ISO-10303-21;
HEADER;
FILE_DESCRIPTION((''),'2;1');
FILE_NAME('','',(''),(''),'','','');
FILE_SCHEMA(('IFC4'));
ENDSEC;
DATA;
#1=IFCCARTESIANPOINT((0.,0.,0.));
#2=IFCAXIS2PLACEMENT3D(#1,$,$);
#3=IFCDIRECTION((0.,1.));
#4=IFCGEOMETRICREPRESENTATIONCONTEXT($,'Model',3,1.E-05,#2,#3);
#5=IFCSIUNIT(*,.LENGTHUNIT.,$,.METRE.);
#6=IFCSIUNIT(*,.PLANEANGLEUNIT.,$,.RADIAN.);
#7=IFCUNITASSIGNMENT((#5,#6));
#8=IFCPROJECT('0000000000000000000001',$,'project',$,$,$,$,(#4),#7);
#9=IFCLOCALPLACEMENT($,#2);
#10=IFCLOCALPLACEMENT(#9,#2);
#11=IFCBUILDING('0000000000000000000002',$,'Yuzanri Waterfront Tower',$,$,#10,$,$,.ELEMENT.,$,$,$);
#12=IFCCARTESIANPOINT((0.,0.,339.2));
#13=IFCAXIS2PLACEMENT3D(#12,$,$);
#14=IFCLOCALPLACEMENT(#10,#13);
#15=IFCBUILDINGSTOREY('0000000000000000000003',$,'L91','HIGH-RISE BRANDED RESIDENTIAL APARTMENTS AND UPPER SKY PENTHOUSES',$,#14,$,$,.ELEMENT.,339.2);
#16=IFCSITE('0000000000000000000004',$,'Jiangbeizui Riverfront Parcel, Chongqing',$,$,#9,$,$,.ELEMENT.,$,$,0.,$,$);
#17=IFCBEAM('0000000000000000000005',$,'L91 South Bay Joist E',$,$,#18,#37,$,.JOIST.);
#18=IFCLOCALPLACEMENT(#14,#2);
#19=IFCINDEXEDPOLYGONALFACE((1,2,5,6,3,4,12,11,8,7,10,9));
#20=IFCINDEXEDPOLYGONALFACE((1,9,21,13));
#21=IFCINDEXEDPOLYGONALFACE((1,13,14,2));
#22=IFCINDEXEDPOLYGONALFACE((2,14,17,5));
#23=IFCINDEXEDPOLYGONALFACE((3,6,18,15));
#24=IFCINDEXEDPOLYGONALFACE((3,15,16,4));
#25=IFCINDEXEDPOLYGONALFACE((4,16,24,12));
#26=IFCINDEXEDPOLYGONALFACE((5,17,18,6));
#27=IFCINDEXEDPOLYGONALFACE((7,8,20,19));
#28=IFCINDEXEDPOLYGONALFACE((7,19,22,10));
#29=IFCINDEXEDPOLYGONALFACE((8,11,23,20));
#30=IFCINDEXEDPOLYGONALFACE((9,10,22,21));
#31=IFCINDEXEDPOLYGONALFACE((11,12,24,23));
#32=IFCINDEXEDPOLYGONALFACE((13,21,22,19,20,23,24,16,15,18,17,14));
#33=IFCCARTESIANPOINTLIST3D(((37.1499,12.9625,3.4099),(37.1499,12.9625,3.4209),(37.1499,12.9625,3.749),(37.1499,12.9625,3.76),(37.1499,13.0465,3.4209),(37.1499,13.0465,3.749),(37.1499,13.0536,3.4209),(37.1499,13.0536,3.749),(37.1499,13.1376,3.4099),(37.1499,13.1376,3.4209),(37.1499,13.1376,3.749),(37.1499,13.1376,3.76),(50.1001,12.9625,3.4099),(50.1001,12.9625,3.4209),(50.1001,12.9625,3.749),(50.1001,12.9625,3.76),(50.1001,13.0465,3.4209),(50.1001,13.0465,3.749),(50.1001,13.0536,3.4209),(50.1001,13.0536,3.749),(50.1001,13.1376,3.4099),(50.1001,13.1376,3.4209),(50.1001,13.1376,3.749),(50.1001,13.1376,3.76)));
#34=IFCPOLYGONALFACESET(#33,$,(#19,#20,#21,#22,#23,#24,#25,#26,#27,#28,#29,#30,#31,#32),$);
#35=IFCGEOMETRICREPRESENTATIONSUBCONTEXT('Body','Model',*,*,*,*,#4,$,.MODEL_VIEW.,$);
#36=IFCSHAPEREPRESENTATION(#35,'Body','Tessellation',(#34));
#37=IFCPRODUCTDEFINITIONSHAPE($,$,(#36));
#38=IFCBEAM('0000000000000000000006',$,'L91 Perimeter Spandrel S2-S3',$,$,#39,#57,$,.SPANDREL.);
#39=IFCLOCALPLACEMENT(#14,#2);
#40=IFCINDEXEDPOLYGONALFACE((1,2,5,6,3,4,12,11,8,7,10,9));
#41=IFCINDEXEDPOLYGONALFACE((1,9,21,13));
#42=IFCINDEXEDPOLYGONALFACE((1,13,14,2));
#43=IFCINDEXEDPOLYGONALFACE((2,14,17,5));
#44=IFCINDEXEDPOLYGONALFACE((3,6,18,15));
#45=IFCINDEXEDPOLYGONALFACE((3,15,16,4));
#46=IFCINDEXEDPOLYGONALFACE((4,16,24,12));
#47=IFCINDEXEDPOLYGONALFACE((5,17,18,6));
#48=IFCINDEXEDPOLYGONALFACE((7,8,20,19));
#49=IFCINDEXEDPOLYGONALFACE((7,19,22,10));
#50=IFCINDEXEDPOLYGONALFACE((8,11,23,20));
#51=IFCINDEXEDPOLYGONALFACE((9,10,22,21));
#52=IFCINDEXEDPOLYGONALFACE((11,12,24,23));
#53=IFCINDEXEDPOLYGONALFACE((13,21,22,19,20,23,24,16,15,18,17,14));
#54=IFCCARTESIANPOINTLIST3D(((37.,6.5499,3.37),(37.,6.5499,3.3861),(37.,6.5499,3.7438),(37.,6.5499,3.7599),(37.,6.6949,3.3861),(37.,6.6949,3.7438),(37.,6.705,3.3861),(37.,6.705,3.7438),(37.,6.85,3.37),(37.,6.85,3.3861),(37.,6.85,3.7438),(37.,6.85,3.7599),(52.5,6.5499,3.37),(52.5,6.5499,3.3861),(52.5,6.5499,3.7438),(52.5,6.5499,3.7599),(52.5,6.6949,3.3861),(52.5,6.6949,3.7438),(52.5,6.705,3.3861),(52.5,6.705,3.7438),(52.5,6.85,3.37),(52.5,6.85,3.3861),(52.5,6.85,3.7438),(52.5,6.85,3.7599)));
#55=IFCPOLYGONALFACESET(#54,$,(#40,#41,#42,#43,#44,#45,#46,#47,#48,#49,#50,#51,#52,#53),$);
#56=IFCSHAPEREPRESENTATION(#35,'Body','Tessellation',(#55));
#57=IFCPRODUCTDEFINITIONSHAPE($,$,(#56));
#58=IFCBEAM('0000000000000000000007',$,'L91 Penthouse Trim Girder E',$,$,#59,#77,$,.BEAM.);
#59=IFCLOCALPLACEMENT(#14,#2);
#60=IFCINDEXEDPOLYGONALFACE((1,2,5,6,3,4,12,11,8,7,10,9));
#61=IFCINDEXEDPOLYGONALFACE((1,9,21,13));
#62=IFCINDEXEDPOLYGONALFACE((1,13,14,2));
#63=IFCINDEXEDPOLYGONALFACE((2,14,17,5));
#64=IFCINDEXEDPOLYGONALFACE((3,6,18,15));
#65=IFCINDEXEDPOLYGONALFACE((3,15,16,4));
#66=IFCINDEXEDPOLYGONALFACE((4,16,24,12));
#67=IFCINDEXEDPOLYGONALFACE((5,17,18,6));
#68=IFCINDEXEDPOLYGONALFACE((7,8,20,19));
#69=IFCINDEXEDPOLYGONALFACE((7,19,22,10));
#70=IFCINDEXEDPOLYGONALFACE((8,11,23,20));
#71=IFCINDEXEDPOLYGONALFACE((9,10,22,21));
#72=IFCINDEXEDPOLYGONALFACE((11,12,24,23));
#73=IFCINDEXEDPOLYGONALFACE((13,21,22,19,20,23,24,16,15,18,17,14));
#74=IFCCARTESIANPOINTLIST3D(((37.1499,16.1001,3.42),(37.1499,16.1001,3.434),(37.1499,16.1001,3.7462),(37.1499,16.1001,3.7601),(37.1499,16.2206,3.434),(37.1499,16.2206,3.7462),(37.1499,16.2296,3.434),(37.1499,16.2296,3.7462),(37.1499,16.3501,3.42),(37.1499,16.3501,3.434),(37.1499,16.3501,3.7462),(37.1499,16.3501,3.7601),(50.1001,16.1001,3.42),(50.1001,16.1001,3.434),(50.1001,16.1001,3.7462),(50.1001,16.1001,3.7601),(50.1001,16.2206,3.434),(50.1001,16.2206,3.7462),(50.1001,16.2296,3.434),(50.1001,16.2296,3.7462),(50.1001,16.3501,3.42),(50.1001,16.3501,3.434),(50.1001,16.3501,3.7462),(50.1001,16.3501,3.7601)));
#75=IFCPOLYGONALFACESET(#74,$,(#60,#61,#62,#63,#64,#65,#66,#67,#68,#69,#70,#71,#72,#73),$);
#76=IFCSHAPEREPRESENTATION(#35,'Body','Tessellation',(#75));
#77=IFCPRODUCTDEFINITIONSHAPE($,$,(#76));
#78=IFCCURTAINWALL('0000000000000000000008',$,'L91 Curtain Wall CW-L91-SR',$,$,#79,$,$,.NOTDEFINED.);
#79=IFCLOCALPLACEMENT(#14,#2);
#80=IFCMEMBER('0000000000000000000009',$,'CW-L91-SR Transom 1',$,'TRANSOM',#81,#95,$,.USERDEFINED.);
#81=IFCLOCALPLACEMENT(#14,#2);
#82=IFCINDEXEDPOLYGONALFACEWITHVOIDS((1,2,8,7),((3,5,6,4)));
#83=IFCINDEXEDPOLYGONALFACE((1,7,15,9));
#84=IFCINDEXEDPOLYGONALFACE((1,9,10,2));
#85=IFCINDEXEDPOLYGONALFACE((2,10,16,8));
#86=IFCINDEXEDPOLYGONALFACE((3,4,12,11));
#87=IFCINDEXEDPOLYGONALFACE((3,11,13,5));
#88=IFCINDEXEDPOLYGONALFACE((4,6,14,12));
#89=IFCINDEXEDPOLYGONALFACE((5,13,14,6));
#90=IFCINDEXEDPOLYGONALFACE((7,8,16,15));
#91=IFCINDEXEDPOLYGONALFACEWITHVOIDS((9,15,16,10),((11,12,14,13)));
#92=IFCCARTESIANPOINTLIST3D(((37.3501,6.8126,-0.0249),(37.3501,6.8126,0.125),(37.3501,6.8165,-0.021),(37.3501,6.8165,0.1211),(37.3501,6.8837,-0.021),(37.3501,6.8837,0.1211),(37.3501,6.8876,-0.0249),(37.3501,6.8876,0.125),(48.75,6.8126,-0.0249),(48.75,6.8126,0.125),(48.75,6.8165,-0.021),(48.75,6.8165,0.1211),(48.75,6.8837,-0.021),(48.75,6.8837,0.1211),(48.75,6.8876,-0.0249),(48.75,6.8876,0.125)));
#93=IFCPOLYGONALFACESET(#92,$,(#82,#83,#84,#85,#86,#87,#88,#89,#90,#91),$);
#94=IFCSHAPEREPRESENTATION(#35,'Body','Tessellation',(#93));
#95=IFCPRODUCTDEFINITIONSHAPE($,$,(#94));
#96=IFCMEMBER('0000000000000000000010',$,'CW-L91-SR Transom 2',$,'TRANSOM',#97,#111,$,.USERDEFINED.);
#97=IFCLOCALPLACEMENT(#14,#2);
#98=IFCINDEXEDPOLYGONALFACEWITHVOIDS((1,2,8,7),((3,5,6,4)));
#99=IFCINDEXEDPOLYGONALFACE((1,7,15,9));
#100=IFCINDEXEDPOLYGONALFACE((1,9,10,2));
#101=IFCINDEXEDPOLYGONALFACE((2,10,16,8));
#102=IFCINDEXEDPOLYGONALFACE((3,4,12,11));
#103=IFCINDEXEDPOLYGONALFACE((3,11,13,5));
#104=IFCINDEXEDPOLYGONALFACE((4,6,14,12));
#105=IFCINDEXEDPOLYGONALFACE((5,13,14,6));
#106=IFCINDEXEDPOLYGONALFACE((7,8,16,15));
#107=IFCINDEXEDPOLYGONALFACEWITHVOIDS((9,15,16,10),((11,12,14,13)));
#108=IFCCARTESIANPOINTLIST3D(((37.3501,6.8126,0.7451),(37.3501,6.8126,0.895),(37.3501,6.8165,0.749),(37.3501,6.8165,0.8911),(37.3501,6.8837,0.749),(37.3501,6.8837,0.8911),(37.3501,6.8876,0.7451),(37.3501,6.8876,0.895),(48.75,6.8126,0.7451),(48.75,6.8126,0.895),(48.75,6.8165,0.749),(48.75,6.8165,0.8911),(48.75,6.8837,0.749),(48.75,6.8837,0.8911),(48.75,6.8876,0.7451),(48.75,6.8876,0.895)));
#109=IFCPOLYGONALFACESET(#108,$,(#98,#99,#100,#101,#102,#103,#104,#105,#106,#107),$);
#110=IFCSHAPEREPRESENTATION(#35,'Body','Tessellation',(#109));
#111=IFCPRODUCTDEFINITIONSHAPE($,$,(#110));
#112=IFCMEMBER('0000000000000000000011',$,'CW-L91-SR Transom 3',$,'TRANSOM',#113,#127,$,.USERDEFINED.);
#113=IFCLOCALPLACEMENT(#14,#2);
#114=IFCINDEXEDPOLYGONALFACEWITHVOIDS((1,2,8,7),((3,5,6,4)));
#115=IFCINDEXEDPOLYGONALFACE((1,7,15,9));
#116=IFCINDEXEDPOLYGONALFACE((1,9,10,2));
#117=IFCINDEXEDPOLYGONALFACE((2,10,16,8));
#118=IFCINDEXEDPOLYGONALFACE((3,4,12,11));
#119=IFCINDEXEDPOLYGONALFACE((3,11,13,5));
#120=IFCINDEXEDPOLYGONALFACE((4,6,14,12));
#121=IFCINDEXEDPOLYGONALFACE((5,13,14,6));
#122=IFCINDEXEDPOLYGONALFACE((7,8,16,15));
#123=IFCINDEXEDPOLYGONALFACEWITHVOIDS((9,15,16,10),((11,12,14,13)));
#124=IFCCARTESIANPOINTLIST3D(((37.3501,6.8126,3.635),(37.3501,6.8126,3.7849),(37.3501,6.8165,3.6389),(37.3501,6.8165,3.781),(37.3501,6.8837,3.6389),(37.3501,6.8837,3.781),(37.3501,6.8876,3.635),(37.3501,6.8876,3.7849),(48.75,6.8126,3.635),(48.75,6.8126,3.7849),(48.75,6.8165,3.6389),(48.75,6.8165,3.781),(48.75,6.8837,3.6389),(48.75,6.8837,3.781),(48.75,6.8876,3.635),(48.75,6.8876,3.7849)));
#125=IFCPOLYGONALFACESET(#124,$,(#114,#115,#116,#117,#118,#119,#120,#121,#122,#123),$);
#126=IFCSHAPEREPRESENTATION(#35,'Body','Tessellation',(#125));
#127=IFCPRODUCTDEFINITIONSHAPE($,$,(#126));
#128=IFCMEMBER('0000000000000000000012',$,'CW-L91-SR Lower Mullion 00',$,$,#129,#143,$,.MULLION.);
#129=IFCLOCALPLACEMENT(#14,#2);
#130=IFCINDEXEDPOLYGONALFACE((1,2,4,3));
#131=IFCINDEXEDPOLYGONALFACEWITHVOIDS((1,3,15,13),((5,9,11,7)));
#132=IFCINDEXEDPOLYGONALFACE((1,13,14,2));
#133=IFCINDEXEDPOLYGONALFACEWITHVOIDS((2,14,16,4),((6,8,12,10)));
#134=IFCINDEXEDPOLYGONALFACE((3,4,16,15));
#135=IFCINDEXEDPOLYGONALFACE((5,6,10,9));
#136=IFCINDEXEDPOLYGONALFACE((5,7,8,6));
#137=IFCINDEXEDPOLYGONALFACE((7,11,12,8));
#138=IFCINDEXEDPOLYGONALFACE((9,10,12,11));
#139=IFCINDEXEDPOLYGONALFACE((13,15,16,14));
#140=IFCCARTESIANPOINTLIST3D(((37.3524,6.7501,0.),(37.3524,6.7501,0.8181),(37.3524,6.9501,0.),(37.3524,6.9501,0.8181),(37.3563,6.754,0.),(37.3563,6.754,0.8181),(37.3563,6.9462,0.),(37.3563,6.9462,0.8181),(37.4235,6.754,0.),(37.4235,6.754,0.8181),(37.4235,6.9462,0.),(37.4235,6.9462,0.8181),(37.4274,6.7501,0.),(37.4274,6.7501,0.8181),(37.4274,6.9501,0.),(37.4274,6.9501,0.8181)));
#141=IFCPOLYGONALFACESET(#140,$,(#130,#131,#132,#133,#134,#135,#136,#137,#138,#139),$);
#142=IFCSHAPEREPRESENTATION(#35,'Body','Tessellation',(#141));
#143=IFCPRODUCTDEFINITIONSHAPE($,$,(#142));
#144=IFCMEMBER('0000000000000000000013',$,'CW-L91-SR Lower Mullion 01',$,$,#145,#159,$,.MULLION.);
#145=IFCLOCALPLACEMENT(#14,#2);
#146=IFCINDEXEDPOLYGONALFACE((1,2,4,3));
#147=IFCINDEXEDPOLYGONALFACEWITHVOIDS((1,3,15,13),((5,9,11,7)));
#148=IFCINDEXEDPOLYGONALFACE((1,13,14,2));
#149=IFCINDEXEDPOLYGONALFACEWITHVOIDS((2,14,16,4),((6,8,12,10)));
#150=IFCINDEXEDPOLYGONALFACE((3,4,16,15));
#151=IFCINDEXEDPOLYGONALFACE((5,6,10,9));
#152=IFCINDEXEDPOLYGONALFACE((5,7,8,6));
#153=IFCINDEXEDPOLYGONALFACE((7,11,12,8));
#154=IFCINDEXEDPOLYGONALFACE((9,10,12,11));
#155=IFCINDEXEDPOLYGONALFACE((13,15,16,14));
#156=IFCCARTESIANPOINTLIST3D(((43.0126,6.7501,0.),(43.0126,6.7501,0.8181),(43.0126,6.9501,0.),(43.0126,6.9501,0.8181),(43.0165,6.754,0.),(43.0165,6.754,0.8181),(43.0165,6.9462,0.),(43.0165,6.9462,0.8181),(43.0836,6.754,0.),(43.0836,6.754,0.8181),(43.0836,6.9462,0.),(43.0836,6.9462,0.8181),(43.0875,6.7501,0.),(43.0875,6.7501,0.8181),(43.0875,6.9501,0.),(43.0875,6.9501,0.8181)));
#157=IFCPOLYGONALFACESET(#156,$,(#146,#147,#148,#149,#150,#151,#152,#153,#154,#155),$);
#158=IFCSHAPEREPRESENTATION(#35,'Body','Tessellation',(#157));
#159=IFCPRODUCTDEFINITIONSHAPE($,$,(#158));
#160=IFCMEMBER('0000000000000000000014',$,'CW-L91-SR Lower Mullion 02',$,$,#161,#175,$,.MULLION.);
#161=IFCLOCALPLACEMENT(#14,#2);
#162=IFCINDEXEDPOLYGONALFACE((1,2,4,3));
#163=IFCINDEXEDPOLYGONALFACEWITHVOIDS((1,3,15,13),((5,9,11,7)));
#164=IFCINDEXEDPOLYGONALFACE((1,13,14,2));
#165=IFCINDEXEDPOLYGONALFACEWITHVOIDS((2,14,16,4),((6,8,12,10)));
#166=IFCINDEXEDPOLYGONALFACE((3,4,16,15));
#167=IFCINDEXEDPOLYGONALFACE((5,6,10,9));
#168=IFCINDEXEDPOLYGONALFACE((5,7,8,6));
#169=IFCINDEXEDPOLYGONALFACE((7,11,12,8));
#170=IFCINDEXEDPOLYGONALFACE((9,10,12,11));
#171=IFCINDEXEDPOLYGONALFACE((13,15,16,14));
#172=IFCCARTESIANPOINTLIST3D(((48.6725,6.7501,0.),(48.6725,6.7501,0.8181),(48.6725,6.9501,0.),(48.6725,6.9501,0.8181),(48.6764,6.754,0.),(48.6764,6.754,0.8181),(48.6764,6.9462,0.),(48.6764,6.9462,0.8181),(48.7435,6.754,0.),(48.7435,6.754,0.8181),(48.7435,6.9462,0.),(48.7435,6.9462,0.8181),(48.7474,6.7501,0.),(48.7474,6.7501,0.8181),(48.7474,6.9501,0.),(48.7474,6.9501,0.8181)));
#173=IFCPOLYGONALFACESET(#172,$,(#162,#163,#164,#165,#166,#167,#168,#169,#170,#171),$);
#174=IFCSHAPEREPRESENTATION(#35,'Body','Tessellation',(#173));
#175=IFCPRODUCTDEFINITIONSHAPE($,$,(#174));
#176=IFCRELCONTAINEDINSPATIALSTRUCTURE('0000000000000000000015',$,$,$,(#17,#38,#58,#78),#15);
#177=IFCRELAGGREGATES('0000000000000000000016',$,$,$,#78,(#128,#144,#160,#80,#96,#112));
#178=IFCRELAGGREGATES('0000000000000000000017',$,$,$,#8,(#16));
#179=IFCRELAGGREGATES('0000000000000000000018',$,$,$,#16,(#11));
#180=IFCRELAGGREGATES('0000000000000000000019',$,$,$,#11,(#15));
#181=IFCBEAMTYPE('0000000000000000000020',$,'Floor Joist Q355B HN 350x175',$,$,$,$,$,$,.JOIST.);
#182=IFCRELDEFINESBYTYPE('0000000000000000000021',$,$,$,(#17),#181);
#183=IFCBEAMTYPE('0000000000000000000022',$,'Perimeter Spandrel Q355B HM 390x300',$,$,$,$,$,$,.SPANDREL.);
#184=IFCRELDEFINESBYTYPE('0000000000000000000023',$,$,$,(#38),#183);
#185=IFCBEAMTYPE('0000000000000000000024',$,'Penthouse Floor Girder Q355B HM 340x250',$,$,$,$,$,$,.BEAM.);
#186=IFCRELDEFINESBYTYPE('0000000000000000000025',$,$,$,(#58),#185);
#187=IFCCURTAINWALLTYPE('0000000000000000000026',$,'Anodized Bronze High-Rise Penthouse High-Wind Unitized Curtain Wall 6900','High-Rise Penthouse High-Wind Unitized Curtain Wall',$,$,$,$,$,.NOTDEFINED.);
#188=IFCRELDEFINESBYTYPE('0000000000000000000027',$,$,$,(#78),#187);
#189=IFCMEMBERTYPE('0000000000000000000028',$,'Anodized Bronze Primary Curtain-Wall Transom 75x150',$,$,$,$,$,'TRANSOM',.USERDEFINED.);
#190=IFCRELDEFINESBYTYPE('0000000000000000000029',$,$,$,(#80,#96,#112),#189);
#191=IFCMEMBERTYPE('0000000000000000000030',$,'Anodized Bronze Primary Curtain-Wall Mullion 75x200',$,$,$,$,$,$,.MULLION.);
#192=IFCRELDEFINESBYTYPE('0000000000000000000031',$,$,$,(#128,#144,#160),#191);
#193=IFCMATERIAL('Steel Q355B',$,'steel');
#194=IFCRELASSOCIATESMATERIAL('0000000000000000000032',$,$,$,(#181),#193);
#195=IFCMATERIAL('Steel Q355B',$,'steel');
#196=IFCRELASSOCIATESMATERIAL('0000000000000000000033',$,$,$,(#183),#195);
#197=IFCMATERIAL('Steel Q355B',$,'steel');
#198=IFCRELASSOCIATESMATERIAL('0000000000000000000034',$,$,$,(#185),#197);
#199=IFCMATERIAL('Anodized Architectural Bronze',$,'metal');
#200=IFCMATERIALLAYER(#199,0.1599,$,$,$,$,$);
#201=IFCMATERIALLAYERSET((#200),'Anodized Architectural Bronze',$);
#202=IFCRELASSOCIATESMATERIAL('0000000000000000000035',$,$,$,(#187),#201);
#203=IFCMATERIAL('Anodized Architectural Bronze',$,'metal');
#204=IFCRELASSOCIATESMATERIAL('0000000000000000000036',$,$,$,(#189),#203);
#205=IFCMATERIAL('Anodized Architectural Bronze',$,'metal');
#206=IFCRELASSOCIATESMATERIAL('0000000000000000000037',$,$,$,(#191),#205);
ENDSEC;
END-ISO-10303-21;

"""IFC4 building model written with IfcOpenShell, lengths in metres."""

from ifc_helpers import new_model, si_unit, direction, frame, origin, origin_2d, place, context, subcontext, project, spatial, hollow_rectangle, i_section, extrude, source, transform, mapped, material, layer, layer_set, material_profile, profile_set, type_object, element, aggregate, save


model = new_model("IFC4")

# Units and contexts
model_context = context("Model", 3, precision=1e-05, world=origin(), true_north=direction((0.0, 1.0)))
body_context = subcontext(model_context, "Body", "Model", "MODEL_VIEW")
ifc_project = project(units=[si_unit("LENGTHUNIT", "METRE"), si_unit("PLANEANGLEUNIT", "RADIAN")], contexts=[model_context])

# Site, building, storey
site_placement = place(None, origin())
site = spatial("IfcSite", under=ifc_project, at=site_placement, Name="Jiangbeizui Riverfront Parcel, Chongqing", CompositionType="ELEMENT", RefElevation=0.0)
building_placement = place(site_placement, origin())
building = spatial("IfcBuilding", under=site, at=building_placement, Name="Yuzanri Waterfront Tower", CompositionType="ELEMENT")
storey_placement = place(building_placement, frame((0.0, 0.0, 339.2)))
storey = spatial("IfcBuildingStorey", under=building, at=storey_placement, Name="L91", Description="HIGH-RISE BRANDED RESIDENTIAL APARTMENTS AND UPPER SKY PENTHOUSES", CompositionType="ELEMENT", Elevation=339.2)

# Beams
ifc_material_1 = material(Name="Steel Q355B", Category="steel")
ifc_material_profile_1 = material_profile(ifc_material_1, i_section(OverallWidth=0.175, OverallDepth=0.3501, WebThickness=0.0071, FlangeThickness=0.011, at=origin_2d()), Name="HN 350x175x7x11")
ifc_profile_set_1 = profile_set([ifc_material_profile_1], Name="Steel Q355B")
beam_type_1 = type_object("IfcBeamType", Name="Floor Joist Q355B HN 350x175", PredefinedType="JOIST", material=ifc_profile_set_1)
shared_shape_1 = source(origin(), body_context, "Body", "SweptSolid", [
    extrude(i_section(OverallWidth=0.175, OverallDepth=0.3501, WebThickness=0.0071, FlangeThickness=0.011, at=origin_2d()), origin(), (0.0, 0.0, 1.0), 12.9502),
])
beam_1_placement = place(storey_placement, frame((37.1499, 13.05, 3.585), z_axis=(1.0, 0.0, 0.0), x_axis=(0.0, 1.0, 0.0)))
element("IfcBeam", 1, at=beam_1_placement, inside=storey, type_object=beam_type_1, Name="L91 South Bay Joist E", PredefinedType="JOIST", context=body_context, shape_type="MappedRepresentation", body=[
    mapped(shared_shape_1, transform((0.0, 0.0, 0.0), scale=1.0)),
])
ifc_material_2 = material(Name="Steel Q355B", Category="steel")
ifc_material_profile_2 = material_profile(ifc_material_2, i_section(OverallWidth=0.3, OverallDepth=0.3899, WebThickness=0.01, FlangeThickness=0.0161, at=origin_2d()), Name="HM 390x300x10x16")
ifc_profile_set_2 = profile_set([ifc_material_profile_2], Name="Steel Q355B")
beam_type_2 = type_object("IfcBeamType", Name="Perimeter Spandrel Q355B HM 390x300", PredefinedType="SPANDREL", material=ifc_profile_set_2)
shared_shape_2 = source(origin(), body_context, "Body", "SweptSolid", [
    extrude(i_section(OverallWidth=0.3, OverallDepth=0.3899, WebThickness=0.01, FlangeThickness=0.0161, at=origin_2d()), origin(), (0.0, 0.0, 1.0), 15.5),
])
beam_2_placement = place(storey_placement, frame((37.0, 6.7, 3.5649), z_axis=(1.0, 0.0, 0.0), x_axis=(0.0, 1.0, 0.0)))
element("IfcBeam", 2, at=beam_2_placement, inside=storey, type_object=beam_type_2, Name="L91 Perimeter Spandrel S2-S3", PredefinedType="SPANDREL", context=body_context, shape_type="MappedRepresentation", body=[
    mapped(shared_shape_2, transform((0.0, 0.0, 0.0), scale=1.0)),
])
ifc_material_3 = material(Name="Steel Q355B", Category="steel")
ifc_material_profile_3 = material_profile(ifc_material_3, i_section(OverallWidth=0.25, OverallDepth=0.3401, WebThickness=0.009, FlangeThickness=0.0139, at=origin_2d()), Name="HM 340x250x9x14")
ifc_profile_set_3 = profile_set([ifc_material_profile_3], Name="Steel Q355B")
beam_type_3 = type_object("IfcBeamType", Name="Penthouse Floor Girder Q355B HM 340x250", PredefinedType="BEAM", material=ifc_profile_set_3)
shared_shape_3 = source(origin(), body_context, "Body", "SweptSolid", [
    extrude(i_section(OverallWidth=0.25, OverallDepth=0.3401, WebThickness=0.009, FlangeThickness=0.0139, at=origin_2d()), origin(), (0.0, 0.0, 1.0), 12.9502),
])
beam_3_placement = place(storey_placement, frame((37.1499, 16.2251, 3.5901), z_axis=(1.0, 0.0, 0.0), x_axis=(0.0, 1.0, 0.0)))
element("IfcBeam", 3, at=beam_3_placement, inside=storey, type_object=beam_type_3, Name="L91 Penthouse Trim Girder E", PredefinedType="BEAM", context=body_context, shape_type="MappedRepresentation", body=[
    mapped(shared_shape_3, transform((0.0, 0.0, 0.0), scale=1.0)),
])

# Curtain wall, members
ifc_material_4 = material(Name="Anodized Architectural Bronze", Category="metal")
ifc_layer_1 = layer(ifc_material_4, 0.1599)
ifc_layer_set_1 = layer_set([ifc_layer_1], Name="Anodized Architectural Bronze")
curtain_wall_type = type_object("IfcCurtainWallType", Name="Anodized Bronze High-Rise Penthouse High-Wind Unitized Curtain Wall 6900", Description="High-Rise Penthouse High-Wind Unitized Curtain Wall", PredefinedType="NOTDEFINED", material=ifc_layer_set_1)
curtain_wall_placement = place(storey_placement, origin())
curtain_wall = element("IfcCurtainWall", 4, at=curtain_wall_placement, inside=storey, type_object=curtain_wall_type, Name="L91 Curtain Wall CW-L91-SR", PredefinedType="NOTDEFINED")
ifc_material_5 = material(Name="Anodized Architectural Bronze", Category="metal")
ifc_material_profile_4 = material_profile(ifc_material_5, hollow_rectangle(XDim=0.075, YDim=0.1499, WallThickness=0.0039, at=origin_2d()), Name="CWT 75x150")
ifc_profile_set_4 = profile_set([ifc_material_profile_4], Name="Anodized Architectural Bronze")
member_type_1 = type_object("IfcMemberType", Name="Anodized Bronze Primary Curtain-Wall Transom 75x150", ElementType="TRANSOM", PredefinedType="USERDEFINED", material=ifc_profile_set_4)
shared_shape_4 = source(origin(), body_context, "Body", "SweptSolid", [
    extrude(hollow_rectangle(XDim=0.075, YDim=0.1499, WallThickness=0.0039, at=origin_2d()), origin(), (0.0, 0.0, 1.0), 11.3999),
])
member_1_placement = place(storey_placement, frame((37.3501, 6.8501, 0.05), z_axis=(1.0, 0.0, 0.0), x_axis=(0.0, 1.0, 0.0)))
member_1 = element("IfcMember", 5, at=member_1_placement, type_object=member_type_1, Name="CW-L91-SR Transom 1", ObjectType="TRANSOM", PredefinedType="USERDEFINED", context=body_context, shape_type="MappedRepresentation", body=[
    mapped(shared_shape_4, transform((0.0, 0.0, 0.0), scale=1.0)),
])
member_2_placement = place(storey_placement, frame((37.3501, 6.8501, 0.8201), z_axis=(1.0, 0.0, 0.0), x_axis=(0.0, 1.0, 0.0)))
member_2 = element("IfcMember", 6, at=member_2_placement, type_object=member_type_1, Name="CW-L91-SR Transom 2", ObjectType="TRANSOM", PredefinedType="USERDEFINED", context=body_context, shape_type="MappedRepresentation", body=[
    mapped(shared_shape_4, transform((0.0, 0.0, 0.0), scale=1.0)),
])
member_3_placement = place(storey_placement, frame((37.3501, 6.8501, 3.71), z_axis=(1.0, 0.0, 0.0), x_axis=(0.0, 1.0, 0.0)))
member_3 = element("IfcMember", 7, at=member_3_placement, type_object=member_type_1, Name="CW-L91-SR Transom 3", ObjectType="TRANSOM", PredefinedType="USERDEFINED", context=body_context, shape_type="MappedRepresentation", body=[
    mapped(shared_shape_4, transform((0.0, 0.0, 0.0), scale=1.0)),
])
ifc_material_6 = material(Name="Anodized Architectural Bronze", Category="metal")
ifc_material_profile_5 = material_profile(ifc_material_6, hollow_rectangle(XDim=0.075, YDim=0.2, WallThickness=0.0039, at=origin_2d()), Name="CWM 75x200")
ifc_profile_set_5 = profile_set([ifc_material_profile_5], Name="Anodized Architectural Bronze")
member_type_2 = type_object("IfcMemberType", Name="Anodized Bronze Primary Curtain-Wall Mullion 75x200", PredefinedType="MULLION", material=ifc_profile_set_5)
shared_shape_5 = source(origin(), body_context, "Body", "SweptSolid", [
    extrude(hollow_rectangle(XDim=0.075, YDim=0.2, WallThickness=0.0039, at=origin_2d()), origin(), (0.0, 0.0, 1.0), 0.8181),
])
member_4_placement = place(storey_placement, frame((37.3899, 6.8501, 0.0), z_axis=(0.0, 0.0, 1.0), x_axis=(1.0, 0.0, 0.0)))
member_4 = element("IfcMember", 8, at=member_4_placement, type_object=member_type_2, Name="CW-L91-SR Lower Mullion 00", PredefinedType="MULLION", context=body_context, shape_type="MappedRepresentation", body=[
    mapped(shared_shape_5, transform((0.0, 0.0, 0.0), scale=1.0)),
])
member_5_placement = place(storey_placement, frame((43.05, 6.8501, 0.0), z_axis=(0.0, 0.0, 1.0), x_axis=(1.0, 0.0, 0.0)))
member_5 = element("IfcMember", 9, at=member_5_placement, type_object=member_type_2, Name="CW-L91-SR Lower Mullion 01", PredefinedType="MULLION", context=body_context, shape_type="MappedRepresentation", body=[
    mapped(shared_shape_5, transform((0.0, 0.0, 0.0), scale=1.0)),
])
member_6_placement = place(storey_placement, frame((48.71, 6.8501, 0.0), z_axis=(0.0, 0.0, 1.0), x_axis=(1.0, 0.0, 0.0)))
member_6 = element("IfcMember", 10, at=member_6_placement, type_object=member_type_2, Name="CW-L91-SR Lower Mullion 02", PredefinedType="MULLION", context=body_context, shape_type="MappedRepresentation", body=[
    mapped(shared_shape_5, transform((0.0, 0.0, 0.0), scale=1.0)),
])
aggregate(curtain_wall, [member_4, member_5, member_6, member_1, member_2, member_3])

save(model, "model.ifc")
